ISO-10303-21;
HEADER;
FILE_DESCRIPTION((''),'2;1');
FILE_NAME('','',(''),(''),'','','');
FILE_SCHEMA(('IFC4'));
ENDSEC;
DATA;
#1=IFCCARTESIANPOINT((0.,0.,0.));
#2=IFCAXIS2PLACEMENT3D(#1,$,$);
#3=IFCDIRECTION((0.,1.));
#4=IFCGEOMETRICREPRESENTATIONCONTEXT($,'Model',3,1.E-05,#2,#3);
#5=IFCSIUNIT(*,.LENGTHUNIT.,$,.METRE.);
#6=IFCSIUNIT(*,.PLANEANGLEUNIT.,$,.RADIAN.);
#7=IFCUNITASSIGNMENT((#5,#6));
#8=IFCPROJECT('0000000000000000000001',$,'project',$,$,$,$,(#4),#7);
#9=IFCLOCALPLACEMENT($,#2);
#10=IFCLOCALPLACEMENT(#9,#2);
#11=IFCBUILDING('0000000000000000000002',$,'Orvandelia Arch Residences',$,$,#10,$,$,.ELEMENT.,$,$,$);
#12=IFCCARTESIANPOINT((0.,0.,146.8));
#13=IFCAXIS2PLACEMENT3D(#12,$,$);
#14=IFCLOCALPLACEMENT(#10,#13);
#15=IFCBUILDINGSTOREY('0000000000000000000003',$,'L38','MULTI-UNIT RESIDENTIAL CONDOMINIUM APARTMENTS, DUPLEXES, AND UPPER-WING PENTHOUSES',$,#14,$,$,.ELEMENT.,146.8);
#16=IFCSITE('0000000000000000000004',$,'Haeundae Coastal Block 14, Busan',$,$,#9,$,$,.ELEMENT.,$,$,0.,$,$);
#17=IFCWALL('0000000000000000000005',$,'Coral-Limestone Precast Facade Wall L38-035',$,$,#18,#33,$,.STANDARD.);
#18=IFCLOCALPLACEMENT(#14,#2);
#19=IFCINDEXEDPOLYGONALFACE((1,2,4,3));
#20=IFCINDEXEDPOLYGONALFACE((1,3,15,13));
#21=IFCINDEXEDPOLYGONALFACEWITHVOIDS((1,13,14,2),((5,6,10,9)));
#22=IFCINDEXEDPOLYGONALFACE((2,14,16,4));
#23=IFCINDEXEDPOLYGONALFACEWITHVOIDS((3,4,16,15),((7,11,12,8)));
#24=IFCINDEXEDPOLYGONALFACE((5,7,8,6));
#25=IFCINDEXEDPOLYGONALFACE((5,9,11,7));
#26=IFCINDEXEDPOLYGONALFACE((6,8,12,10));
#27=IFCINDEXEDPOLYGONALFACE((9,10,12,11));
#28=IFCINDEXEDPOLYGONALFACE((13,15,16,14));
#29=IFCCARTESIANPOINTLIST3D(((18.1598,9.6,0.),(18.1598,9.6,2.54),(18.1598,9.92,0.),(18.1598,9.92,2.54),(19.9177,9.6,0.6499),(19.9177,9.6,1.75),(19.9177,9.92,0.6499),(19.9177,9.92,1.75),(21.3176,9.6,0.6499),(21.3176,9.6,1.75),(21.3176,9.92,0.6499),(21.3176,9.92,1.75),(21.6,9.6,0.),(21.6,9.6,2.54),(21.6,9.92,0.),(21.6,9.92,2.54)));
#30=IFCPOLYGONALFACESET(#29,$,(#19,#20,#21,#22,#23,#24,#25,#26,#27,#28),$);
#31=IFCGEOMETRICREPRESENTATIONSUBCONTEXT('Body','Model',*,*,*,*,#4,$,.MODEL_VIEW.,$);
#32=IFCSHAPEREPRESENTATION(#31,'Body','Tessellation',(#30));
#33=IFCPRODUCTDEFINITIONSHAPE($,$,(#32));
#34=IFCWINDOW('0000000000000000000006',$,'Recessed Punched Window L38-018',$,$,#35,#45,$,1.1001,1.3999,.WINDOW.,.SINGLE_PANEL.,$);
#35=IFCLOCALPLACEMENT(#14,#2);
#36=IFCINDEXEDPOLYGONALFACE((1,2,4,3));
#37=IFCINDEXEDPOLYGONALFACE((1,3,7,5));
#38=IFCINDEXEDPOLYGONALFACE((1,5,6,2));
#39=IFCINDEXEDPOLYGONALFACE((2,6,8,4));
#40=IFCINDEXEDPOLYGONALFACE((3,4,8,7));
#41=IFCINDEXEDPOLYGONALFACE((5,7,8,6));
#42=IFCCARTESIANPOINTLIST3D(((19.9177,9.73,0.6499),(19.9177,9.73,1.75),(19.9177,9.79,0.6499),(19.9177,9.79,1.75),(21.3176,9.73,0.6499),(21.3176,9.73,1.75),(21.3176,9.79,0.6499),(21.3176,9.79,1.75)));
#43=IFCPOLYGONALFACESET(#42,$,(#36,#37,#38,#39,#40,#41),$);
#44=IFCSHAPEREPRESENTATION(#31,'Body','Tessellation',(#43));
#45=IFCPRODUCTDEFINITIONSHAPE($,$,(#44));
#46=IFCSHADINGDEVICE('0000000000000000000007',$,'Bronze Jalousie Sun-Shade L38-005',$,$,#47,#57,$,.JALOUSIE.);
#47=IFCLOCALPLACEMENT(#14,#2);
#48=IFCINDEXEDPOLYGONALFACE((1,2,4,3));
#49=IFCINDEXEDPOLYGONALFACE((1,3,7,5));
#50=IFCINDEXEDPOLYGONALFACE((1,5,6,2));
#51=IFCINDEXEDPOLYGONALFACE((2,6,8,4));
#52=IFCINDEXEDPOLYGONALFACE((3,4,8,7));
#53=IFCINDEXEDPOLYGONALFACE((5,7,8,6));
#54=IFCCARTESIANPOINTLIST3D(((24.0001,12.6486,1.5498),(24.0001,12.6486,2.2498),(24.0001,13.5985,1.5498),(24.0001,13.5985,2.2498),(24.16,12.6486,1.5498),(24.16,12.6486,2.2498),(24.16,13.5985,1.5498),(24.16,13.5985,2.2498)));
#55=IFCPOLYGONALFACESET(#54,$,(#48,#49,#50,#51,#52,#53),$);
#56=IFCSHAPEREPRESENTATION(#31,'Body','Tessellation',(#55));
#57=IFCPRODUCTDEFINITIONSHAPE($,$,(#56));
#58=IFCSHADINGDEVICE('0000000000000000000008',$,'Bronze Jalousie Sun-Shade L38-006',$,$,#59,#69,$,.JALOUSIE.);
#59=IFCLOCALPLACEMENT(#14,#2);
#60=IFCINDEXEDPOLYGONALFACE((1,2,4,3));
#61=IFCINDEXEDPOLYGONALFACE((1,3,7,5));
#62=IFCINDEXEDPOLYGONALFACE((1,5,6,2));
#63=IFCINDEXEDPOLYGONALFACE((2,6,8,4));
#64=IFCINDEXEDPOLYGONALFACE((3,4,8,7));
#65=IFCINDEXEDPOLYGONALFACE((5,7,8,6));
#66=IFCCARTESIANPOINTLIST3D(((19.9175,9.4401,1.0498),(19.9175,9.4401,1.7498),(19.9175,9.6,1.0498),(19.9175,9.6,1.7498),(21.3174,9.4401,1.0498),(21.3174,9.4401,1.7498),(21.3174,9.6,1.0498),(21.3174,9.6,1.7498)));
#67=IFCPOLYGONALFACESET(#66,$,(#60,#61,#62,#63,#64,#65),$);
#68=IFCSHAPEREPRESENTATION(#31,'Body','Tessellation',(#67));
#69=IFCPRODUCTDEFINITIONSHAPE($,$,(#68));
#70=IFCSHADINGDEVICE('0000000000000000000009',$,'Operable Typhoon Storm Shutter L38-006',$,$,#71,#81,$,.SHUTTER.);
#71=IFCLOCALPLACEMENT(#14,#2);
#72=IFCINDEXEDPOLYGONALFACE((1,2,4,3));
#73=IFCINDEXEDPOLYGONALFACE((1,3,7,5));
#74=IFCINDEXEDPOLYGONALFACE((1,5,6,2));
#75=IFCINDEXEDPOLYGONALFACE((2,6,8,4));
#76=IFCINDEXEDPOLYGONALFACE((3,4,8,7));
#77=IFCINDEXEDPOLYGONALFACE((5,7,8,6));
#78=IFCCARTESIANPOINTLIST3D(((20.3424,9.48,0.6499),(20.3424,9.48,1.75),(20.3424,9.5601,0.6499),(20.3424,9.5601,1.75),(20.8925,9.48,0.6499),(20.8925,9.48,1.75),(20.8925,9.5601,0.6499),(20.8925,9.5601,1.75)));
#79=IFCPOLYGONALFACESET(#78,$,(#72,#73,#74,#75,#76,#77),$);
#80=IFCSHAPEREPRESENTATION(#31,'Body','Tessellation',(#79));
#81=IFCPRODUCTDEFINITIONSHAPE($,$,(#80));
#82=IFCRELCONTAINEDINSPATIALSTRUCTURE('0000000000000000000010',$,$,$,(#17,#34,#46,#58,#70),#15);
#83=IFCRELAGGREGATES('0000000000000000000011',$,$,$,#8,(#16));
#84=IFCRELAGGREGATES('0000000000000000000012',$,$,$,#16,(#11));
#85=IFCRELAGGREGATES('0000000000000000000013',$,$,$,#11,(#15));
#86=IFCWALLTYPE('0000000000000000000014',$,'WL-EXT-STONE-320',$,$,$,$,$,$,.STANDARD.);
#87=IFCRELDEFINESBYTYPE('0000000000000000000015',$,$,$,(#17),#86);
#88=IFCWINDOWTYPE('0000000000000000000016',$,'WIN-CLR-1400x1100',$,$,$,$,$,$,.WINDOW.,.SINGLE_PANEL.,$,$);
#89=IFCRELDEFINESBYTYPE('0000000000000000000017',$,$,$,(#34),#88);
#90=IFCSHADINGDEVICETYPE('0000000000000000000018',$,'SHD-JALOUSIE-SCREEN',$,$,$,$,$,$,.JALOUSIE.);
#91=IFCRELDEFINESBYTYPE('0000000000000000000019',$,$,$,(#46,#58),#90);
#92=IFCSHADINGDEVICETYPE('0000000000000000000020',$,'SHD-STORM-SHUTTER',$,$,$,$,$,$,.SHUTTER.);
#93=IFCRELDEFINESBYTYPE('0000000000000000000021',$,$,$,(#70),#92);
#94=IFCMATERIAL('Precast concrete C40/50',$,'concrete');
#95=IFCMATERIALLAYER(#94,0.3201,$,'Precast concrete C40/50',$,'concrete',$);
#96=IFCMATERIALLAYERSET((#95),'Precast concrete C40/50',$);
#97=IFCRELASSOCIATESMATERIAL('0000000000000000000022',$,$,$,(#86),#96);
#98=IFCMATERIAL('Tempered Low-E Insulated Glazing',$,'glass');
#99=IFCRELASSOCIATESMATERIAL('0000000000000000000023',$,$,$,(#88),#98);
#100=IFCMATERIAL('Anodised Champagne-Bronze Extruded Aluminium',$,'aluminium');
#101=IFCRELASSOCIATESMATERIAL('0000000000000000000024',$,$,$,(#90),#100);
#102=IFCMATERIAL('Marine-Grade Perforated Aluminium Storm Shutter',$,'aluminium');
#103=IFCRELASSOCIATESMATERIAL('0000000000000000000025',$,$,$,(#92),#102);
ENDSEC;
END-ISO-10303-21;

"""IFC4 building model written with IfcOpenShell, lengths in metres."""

from ifc_helpers import new_model, si_unit, direction, frame, frame_2d, origin, origin_2d, place, context, subcontext, project, spatial, rectangle, extrude, material, layer, layer_set, type_object, element, fill, save


model = new_model("IFC4")

# Units and contexts
model_context = context("Model", 3, precision=1e-05, world=origin(), true_north=direction((0.0, 1.0)))
body_context = subcontext(model_context, "Body", "Model", "MODEL_VIEW")
ifc_project = project(units=[si_unit("LENGTHUNIT", "METRE"), si_unit("PLANEANGLEUNIT", "RADIAN")], contexts=[model_context])

# Site, building, storey
site_placement = place(None, origin())
site = spatial("IfcSite", under=ifc_project, at=site_placement, Name="Haeundae Coastal Block 14, Busan", CompositionType="ELEMENT", RefElevation=0.0)
building_placement = place(site_placement, origin())
building = spatial("IfcBuilding", under=site, at=building_placement, Name="Orvandelia Arch Residences", CompositionType="ELEMENT")
storey_placement = place(building_placement, frame((0.0, 0.0, 146.8)))
storey = spatial("IfcBuildingStorey", under=building, at=storey_placement, Name="L38", Description="MULTI-UNIT RESIDENTIAL CONDOMINIUM APARTMENTS, DUPLEXES, AND UPPER-WING PENTHOUSES", CompositionType="ELEMENT", Elevation=146.8)

# Shared definitions
ifc_material_1 = material(Name="Precast concrete C40/50", Category="concrete")
ifc_layer = layer(ifc_material_1, 0.3201, Name="Precast concrete C40/50", Category="concrete")
ifc_layer_set = layer_set([ifc_layer], Name="Precast concrete C40/50")
wall_type = type_object("IfcWallType", Name="WL-EXT-STONE-320", PredefinedType="STANDARD", material=ifc_layer_set)
ifc_material_2 = material(Name="Tempered Low-E Insulated Glazing", Category="glass")
window_type_1 = type_object("IfcWindowType", Name="WIN-CLR-1400x1100", PartitioningType="SINGLE_PANEL", PredefinedType="WINDOW", material=ifc_material_2)

# Wall, opening, window
wall_1_placement = place(storey_placement, frame((21.6001, 9.76, 0.0), z_axis=(0.0, 0.0, 1.0), x_axis=(-1.0, 0.0, 0.0)))
wall_1 = element("IfcWall", 1, at=wall_1_placement, inside=storey, type_object=wall_type, Name="Coral-Limestone Precast Facade Wall L38-035", PredefinedType="STANDARD", context=body_context, shape_type="SweptSolid", body=[
    extrude(rectangle(XDim=3.4402, YDim=0.3201, at=frame_2d((1.7202, 0.0))), origin(), (0.0, 0.0, 1.0), 2.54),
])
opening_1_placement = place(wall_1_placement, frame((0.2825, 0.0, 0.6499)))
opening_1 = element("IfcOpeningElement", 2, at=opening_1_placement, cuts=wall_1, PredefinedType="OPENING", context=body_context, shape_type="SweptSolid", body=[
    extrude(rectangle(XDim=1.3999, YDim=1.1001, at=frame_2d((0.7, 0.55))), frame((0.0, 0.1699, 0.0), z_axis=(0.0, -1.0, 0.0), x_axis=(1.0, 0.0, 0.0)), (0.0, 0.0, 1.0), 0.3401),
])
window_1_placement = place(opening_1_placement, origin())
window_1 = element("IfcWindow", 3, at=window_1_placement, inside=storey, type_object=window_type_1, Name="Recessed Punched Window L38-018", OverallHeight=1.1001, OverallWidth=1.3999, PartitioningType="SINGLE_PANEL", PredefinedType="WINDOW", context=body_context, shape_type="SweptSolid", body=[
    extrude(rectangle(XDim=1.3999, YDim=1.1001, at=frame_2d((0.7, 0.55))), frame((0.0, 0.03, 0.0), z_axis=(0.0, -1.0, 0.0), x_axis=(1.0, 0.0, 0.0)), (0.0, 0.0, 1.0), 0.0601),
])
fill(opening_1, window_1)

# Shading devices
ifc_material_3 = material(Name="Anodised Champagne-Bronze Extruded Aluminium", Category="aluminium")
shading_device_type_1 = type_object("IfcShadingDeviceType", Name="SHD-JALOUSIE-SCREEN", PredefinedType="JALOUSIE", material=ifc_material_3)
shading_device_1_placement = place(storey_placement, frame((24.0801, 13.1235, 1.5498), z_axis=(0.0, 0.0, 1.0), x_axis=(0.0, -1.0, 0.0)))
element("IfcShadingDevice", 4, at=shading_device_1_placement, inside=storey, type_object=shading_device_type_1, Name="Bronze Jalousie Sun-Shade L38-005", PredefinedType="JALOUSIE", context=body_context, shape_type="SweptSolid", body=[
    extrude(rectangle(XDim=0.95, YDim=0.1599, at=origin_2d()), origin(), (0.0, 0.0, 1.0), 0.7),
])
shading_device_2_placement = place(storey_placement, frame((20.6174, 9.52, 1.0498), z_axis=(0.0, 0.0, 1.0), x_axis=(-1.0, 0.0, 0.0)))
element("IfcShadingDevice", 5, at=shading_device_2_placement, inside=storey, type_object=shading_device_type_1, Name="Bronze Jalousie Sun-Shade L38-006", PredefinedType="JALOUSIE", context=body_context, shape_type="SweptSolid", body=[
    extrude(rectangle(XDim=1.3999, YDim=0.1599, at=origin_2d()), origin(), (0.0, 0.0, 1.0), 0.7),
])
ifc_material_4 = material(Name="Marine-Grade Perforated Aluminium Storm Shutter", Category="aluminium")
shading_device_type_2 = type_object("IfcShadingDeviceType", Name="SHD-STORM-SHUTTER", PredefinedType="SHUTTER", material=ifc_material_4)
shading_device_3_placement = place(storey_placement, frame((20.6174, 9.52, 0.6499), z_axis=(0.0, 0.0, 1.0), x_axis=(-1.0, 0.0, 0.0)))
element("IfcShadingDevice", 6, at=shading_device_3_placement, inside=storey, type_object=shading_device_type_2, Name="Operable Typhoon Storm Shutter L38-006", PredefinedType="SHUTTER", context=body_context, shape_type="SweptSolid", body=[
    extrude(rectangle(XDim=0.55, YDim=0.0801, at=origin_2d()), origin(), (0.0, 0.0, 1.0), 1.1001),
])

save(model, "model.ifc")
